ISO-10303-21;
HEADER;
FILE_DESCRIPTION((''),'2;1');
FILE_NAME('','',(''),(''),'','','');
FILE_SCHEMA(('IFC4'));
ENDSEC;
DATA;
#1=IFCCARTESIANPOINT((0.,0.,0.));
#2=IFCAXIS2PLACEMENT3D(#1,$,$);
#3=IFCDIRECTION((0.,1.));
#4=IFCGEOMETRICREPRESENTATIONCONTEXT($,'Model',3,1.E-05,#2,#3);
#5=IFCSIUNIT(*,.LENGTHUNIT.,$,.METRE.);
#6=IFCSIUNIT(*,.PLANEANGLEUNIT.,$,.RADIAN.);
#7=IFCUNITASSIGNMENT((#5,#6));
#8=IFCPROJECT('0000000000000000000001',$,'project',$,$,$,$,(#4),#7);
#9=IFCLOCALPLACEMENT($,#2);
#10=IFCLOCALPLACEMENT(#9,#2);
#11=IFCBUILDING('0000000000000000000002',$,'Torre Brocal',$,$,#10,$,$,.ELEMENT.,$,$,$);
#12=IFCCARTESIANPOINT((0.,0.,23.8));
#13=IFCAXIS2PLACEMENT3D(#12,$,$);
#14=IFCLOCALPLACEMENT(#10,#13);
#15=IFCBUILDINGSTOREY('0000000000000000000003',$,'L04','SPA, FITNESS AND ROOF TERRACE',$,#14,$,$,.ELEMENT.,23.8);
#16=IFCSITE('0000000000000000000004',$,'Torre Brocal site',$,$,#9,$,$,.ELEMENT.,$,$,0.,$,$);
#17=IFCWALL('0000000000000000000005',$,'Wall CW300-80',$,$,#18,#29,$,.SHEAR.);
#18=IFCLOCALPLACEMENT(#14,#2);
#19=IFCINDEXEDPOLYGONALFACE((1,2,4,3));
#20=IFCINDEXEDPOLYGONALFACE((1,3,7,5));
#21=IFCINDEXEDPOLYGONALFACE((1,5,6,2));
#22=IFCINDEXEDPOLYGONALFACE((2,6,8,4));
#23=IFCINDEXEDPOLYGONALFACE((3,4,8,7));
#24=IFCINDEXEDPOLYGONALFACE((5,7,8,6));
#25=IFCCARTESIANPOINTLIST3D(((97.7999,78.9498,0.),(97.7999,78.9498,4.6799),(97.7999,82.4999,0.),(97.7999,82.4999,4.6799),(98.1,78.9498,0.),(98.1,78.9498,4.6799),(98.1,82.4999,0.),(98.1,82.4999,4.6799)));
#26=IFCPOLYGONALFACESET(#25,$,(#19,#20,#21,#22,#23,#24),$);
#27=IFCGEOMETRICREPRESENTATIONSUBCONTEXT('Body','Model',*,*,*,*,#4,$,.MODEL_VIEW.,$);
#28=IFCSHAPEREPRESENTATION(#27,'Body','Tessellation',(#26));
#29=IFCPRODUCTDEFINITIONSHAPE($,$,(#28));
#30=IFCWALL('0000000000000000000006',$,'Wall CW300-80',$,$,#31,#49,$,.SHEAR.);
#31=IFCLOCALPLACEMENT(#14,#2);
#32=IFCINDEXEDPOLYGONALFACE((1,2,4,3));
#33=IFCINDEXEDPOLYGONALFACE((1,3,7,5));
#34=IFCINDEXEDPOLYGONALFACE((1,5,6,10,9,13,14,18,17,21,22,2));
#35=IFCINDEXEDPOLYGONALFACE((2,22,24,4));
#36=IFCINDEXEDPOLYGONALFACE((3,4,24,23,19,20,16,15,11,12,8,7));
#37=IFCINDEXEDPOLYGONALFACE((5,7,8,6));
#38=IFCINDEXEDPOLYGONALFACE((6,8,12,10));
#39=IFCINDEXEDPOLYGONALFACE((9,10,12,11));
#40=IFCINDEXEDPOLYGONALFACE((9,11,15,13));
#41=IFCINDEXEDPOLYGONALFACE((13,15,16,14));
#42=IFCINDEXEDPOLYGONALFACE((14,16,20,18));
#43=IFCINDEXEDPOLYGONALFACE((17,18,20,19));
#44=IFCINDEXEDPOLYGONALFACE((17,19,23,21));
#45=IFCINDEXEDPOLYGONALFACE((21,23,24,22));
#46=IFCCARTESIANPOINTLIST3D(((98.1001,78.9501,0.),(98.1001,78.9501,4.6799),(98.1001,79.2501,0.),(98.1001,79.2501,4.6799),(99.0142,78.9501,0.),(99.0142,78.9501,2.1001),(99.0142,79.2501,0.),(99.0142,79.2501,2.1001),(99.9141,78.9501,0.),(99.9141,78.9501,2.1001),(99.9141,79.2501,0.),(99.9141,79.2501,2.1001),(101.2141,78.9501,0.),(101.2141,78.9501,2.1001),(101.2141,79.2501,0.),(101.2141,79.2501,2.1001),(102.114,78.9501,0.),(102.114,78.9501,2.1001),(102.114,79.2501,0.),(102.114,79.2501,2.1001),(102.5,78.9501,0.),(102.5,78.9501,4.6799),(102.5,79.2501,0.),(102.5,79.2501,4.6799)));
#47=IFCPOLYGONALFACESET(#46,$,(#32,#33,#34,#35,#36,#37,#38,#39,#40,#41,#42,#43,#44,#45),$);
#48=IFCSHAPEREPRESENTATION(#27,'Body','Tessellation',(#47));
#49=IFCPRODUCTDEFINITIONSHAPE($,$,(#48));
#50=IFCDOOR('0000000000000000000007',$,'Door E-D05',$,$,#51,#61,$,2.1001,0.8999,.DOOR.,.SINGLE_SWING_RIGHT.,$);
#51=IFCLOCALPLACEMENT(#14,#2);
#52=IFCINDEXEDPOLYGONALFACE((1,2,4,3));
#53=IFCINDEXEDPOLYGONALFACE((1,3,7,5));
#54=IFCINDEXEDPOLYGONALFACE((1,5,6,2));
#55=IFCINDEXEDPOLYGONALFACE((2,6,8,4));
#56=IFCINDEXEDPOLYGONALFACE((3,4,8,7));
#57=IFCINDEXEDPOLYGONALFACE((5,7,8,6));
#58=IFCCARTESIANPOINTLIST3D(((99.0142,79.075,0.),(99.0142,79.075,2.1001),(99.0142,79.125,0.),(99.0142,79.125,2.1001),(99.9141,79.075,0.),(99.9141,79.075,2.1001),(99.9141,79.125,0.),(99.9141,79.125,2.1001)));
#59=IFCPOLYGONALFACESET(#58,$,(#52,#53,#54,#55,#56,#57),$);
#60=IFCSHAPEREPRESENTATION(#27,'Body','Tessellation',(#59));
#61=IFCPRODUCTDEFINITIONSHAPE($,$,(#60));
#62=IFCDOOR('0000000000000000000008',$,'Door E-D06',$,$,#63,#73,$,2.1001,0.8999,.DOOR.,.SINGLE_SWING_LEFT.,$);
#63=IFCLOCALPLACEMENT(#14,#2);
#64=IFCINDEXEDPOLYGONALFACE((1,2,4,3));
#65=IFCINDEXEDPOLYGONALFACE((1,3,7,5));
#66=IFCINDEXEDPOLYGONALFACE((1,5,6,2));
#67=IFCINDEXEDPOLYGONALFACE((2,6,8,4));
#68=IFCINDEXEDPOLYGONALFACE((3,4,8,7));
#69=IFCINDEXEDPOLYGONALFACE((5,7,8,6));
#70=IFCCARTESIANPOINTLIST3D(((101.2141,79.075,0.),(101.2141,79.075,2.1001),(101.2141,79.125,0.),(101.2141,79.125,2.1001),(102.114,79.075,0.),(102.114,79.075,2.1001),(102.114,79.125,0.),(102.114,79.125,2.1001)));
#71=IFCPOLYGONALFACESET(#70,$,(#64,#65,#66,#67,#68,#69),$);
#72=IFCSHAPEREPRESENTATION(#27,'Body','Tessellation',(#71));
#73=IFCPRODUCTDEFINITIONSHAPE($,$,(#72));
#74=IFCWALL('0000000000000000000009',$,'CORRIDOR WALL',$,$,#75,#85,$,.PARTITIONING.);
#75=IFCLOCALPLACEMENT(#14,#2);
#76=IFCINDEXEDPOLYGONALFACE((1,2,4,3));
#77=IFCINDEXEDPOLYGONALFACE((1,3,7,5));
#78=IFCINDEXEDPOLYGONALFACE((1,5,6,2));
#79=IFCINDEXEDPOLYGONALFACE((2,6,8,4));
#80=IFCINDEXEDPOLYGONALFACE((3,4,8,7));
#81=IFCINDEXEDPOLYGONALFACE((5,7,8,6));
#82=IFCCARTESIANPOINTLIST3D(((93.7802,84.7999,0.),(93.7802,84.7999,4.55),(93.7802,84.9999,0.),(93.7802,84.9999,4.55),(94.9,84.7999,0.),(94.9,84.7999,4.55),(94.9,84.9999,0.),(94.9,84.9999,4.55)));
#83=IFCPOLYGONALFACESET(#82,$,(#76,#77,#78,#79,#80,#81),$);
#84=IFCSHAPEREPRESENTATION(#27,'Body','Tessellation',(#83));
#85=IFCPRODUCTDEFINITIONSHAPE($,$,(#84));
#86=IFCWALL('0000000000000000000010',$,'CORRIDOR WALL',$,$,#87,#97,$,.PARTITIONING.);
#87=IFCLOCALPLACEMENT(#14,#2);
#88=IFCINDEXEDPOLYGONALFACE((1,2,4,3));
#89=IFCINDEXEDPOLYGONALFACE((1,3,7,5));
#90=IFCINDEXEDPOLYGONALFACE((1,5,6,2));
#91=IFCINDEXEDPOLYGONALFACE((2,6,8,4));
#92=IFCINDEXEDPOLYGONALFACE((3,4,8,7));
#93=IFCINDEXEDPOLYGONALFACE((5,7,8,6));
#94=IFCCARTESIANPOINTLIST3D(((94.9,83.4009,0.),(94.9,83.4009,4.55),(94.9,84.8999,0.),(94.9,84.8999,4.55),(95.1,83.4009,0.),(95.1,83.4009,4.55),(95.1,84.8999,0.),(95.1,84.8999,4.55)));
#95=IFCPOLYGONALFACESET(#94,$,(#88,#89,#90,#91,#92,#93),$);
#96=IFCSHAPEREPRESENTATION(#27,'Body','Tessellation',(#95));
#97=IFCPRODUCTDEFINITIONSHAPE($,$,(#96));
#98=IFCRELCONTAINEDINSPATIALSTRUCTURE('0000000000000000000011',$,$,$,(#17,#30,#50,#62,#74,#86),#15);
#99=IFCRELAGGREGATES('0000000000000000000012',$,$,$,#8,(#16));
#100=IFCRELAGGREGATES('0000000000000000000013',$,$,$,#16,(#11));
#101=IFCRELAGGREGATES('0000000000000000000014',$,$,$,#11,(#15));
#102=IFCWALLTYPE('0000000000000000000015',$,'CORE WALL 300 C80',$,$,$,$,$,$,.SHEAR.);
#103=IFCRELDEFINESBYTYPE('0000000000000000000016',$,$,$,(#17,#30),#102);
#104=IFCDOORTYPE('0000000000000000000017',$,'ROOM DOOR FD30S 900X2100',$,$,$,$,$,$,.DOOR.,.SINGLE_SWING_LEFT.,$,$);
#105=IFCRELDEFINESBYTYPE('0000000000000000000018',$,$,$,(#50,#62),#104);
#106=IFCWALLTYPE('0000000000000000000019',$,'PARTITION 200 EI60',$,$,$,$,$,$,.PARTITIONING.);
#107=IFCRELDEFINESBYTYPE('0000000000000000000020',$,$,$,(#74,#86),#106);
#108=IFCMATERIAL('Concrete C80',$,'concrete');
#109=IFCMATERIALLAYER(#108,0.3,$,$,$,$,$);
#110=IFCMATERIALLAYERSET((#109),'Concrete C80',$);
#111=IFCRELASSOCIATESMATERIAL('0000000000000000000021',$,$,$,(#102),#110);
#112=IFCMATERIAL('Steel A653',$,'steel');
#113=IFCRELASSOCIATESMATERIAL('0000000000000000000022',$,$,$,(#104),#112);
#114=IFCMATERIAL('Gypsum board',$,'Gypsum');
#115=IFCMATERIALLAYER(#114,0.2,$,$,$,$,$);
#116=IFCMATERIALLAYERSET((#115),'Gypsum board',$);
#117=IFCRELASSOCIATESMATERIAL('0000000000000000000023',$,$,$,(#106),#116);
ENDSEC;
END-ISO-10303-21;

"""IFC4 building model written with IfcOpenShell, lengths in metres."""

from ifc_helpers import new_model, si_unit, direction, frame, frame_2d, origin, place, context, subcontext, project, spatial, rectangle, extrude, material, layer, layer_set, type_object, element, fill, save


model = new_model("IFC4")

# Units and contexts
model_context = context("Model", 3, precision=1e-05, world=origin(), true_north=direction((0.0, 1.0)))
body_context = subcontext(model_context, "Body", "Model", "MODEL_VIEW")
ifc_project = project(units=[si_unit("LENGTHUNIT", "METRE"), si_unit("PLANEANGLEUNIT", "RADIAN")], contexts=[model_context])

# Site, building, storey
site_placement = place(None, origin())
site = spatial("IfcSite", under=ifc_project, at=site_placement, Name="Torre Brocal site", CompositionType="ELEMENT", RefElevation=0.0)
building_placement = place(site_placement, origin())
building = spatial("IfcBuilding", under=site, at=building_placement, Name="Torre Brocal", CompositionType="ELEMENT")
storey_placement = place(building_placement, frame((0.0, 0.0, 23.8)))
storey = spatial("IfcBuildingStorey", under=building, at=storey_placement, Name="L04", Description="SPA, FITNESS AND ROOF TERRACE", CompositionType="ELEMENT", Elevation=23.8)

# Wall
ifc_material_1 = material(Name="Concrete C80", Category="concrete")
ifc_layer_1 = layer(ifc_material_1, 0.3)
ifc_layer_set_1 = layer_set([ifc_layer_1], Name="Concrete C80")
wall_type_1 = type_object("IfcWallType", Name="CORE WALL 300 C80", PredefinedType="SHEAR", material=ifc_layer_set_1)
wall_1_placement = place(storey_placement, frame((97.95, 78.95, 0.0), z_axis=(0.0, 0.0, 1.0), x_axis=(0.0, 1.0, 0.0)))
element("IfcWall", 1, at=wall_1_placement, inside=storey, type_object=wall_type_1, Name="Wall CW300-80", PredefinedType="SHEAR", context=body_context, shape_type="SweptSolid", body=[
    extrude(rectangle(XDim=3.55, YDim=0.3, at=frame_2d((1.7749, 0.0))), origin(), (0.0, 0.0, 1.0), 4.6799),
])

# Wall, openings, doors
wall_2_placement = place(storey_placement, frame((98.1001, 79.1001, 0.0), z_axis=(0.0, 0.0, 1.0), x_axis=(1.0, 0.0, 0.0)))
wall_2 = element("IfcWall", 2, at=wall_2_placement, inside=storey, type_object=wall_type_1, Name="Wall CW300-80", PredefinedType="SHEAR", context=body_context, shape_type="SweptSolid", body=[
    extrude(rectangle(XDim=4.3999, YDim=0.3, at=frame_2d((2.2, 0.0))), origin(), (0.0, 0.0, 1.0), 4.6799),
])
opening_1_placement = place(wall_2_placement, frame((0.9141, 0.0, 0.0)))
opening_1 = element("IfcOpeningElement", 3, at=opening_1_placement, cuts=wall_2, PredefinedType="OPENING", context=body_context, shape_type="SweptSolid", body=[
    extrude(rectangle(XDim=0.8999, YDim=2.1001, at=frame_2d((0.45, 1.05))), frame((0.0, 0.1599, 0.0), z_axis=(0.0, -1.0, 0.0), x_axis=(1.0, 0.0, 0.0)), (0.0, 0.0, 1.0), 0.3201),
])
opening_2_placement = place(wall_2_placement, frame((3.114, 0.0, 0.0)))
opening_2 = element("IfcOpeningElement", 4, at=opening_2_placement, cuts=wall_2, PredefinedType="OPENING", context=body_context, shape_type="SweptSolid", body=[
    extrude(rectangle(XDim=0.8999, YDim=2.1001, at=frame_2d((0.45, 1.05))), frame((0.0, 0.1599, 0.0), z_axis=(0.0, -1.0, 0.0), x_axis=(1.0, 0.0, 0.0)), (0.0, 0.0, 1.0), 0.3201),
])
ifc_material_2 = material(Name="Steel A653", Category="steel")
door_type_1 = type_object("IfcDoorType", Name="ROOM DOOR FD30S 900X2100", OperationType="SINGLE_SWING_LEFT", PredefinedType="DOOR", material=ifc_material_2)
door_1_placement = place(opening_1_placement, origin())
door_1 = element("IfcDoor", 5, at=door_1_placement, inside=storey, type_object=door_type_1, Name="Door E-D05", OperationType="SINGLE_SWING_RIGHT", OverallHeight=2.1001, OverallWidth=0.8999, PredefinedType="DOOR", context=body_context, shape_type="SweptSolid", body=[
    extrude(rectangle(XDim=0.8999, YDim=2.1001, at=frame_2d((0.45, 1.05))), frame((0.0, 0.0249, 0.0), z_axis=(0.0, -1.0, 0.0), x_axis=(1.0, 0.0, 0.0)), (0.0, 0.0, 1.0), 0.05),
])
fill(opening_1, door_1)
door_2_placement = place(opening_2_placement, origin())
door_2 = element("IfcDoor", 6, at=door_2_placement, inside=storey, type_object=door_type_1, Name="Door E-D06", OperationType="SINGLE_SWING_LEFT", OverallHeight=2.1001, OverallWidth=0.8999, PredefinedType="DOOR", context=body_context, shape_type="SweptSolid", body=[
    extrude(rectangle(XDim=0.8999, YDim=2.1001, at=frame_2d((0.45, 1.05))), frame((0.0, 0.0249, 0.0), z_axis=(0.0, -1.0, 0.0), x_axis=(1.0, 0.0, 0.0)), (0.0, 0.0, 1.0), 0.05),
])
fill(opening_2, door_2)

# Walls
ifc_material_3 = material(Name="Gypsum board", Category="Gypsum")
ifc_layer_2 = layer(ifc_material_3, 0.2)
ifc_layer_set_2 = layer_set([ifc_layer_2], Name="Gypsum board")
wall_type_2 = type_object("IfcWallType", Name="PARTITION 200 EI60", PredefinedType="PARTITIONING", material=ifc_layer_set_2)
wall_3_placement = place(storey_placement, frame((93.78, 84.8999, 0.0), z_axis=(0.0, 0.0, 1.0), x_axis=(1.0, 0.0, 0.0)))
element("IfcWall", 7, at=wall_3_placement, inside=storey, type_object=wall_type_2, Name="CORRIDOR WALL", PredefinedType="PARTITIONING", context=body_context, shape_type="SweptSolid", body=[
    extrude(rectangle(XDim=1.1199, YDim=0.2, at=frame_2d((0.5601, 0.0))), origin(), (0.0, 0.0, 1.0), 4.55),
])
wall_4_placement = place(storey_placement, frame((95.0, 83.4009, 0.0), z_axis=(0.0, 0.0, 1.0), x_axis=(0.0, 1.0, 0.0)))
element("IfcWall", 8, at=wall_4_placement, inside=storey, type_object=wall_type_2, Name="CORRIDOR WALL", PredefinedType="PARTITIONING", context=body_context, shape_type="SweptSolid", body=[
    extrude(rectangle(XDim=1.499, YDim=0.2, at=frame_2d((0.7495, 0.0))), origin(), (0.0, 0.0, 1.0), 4.55),
])

save(model, "model.ifc")
